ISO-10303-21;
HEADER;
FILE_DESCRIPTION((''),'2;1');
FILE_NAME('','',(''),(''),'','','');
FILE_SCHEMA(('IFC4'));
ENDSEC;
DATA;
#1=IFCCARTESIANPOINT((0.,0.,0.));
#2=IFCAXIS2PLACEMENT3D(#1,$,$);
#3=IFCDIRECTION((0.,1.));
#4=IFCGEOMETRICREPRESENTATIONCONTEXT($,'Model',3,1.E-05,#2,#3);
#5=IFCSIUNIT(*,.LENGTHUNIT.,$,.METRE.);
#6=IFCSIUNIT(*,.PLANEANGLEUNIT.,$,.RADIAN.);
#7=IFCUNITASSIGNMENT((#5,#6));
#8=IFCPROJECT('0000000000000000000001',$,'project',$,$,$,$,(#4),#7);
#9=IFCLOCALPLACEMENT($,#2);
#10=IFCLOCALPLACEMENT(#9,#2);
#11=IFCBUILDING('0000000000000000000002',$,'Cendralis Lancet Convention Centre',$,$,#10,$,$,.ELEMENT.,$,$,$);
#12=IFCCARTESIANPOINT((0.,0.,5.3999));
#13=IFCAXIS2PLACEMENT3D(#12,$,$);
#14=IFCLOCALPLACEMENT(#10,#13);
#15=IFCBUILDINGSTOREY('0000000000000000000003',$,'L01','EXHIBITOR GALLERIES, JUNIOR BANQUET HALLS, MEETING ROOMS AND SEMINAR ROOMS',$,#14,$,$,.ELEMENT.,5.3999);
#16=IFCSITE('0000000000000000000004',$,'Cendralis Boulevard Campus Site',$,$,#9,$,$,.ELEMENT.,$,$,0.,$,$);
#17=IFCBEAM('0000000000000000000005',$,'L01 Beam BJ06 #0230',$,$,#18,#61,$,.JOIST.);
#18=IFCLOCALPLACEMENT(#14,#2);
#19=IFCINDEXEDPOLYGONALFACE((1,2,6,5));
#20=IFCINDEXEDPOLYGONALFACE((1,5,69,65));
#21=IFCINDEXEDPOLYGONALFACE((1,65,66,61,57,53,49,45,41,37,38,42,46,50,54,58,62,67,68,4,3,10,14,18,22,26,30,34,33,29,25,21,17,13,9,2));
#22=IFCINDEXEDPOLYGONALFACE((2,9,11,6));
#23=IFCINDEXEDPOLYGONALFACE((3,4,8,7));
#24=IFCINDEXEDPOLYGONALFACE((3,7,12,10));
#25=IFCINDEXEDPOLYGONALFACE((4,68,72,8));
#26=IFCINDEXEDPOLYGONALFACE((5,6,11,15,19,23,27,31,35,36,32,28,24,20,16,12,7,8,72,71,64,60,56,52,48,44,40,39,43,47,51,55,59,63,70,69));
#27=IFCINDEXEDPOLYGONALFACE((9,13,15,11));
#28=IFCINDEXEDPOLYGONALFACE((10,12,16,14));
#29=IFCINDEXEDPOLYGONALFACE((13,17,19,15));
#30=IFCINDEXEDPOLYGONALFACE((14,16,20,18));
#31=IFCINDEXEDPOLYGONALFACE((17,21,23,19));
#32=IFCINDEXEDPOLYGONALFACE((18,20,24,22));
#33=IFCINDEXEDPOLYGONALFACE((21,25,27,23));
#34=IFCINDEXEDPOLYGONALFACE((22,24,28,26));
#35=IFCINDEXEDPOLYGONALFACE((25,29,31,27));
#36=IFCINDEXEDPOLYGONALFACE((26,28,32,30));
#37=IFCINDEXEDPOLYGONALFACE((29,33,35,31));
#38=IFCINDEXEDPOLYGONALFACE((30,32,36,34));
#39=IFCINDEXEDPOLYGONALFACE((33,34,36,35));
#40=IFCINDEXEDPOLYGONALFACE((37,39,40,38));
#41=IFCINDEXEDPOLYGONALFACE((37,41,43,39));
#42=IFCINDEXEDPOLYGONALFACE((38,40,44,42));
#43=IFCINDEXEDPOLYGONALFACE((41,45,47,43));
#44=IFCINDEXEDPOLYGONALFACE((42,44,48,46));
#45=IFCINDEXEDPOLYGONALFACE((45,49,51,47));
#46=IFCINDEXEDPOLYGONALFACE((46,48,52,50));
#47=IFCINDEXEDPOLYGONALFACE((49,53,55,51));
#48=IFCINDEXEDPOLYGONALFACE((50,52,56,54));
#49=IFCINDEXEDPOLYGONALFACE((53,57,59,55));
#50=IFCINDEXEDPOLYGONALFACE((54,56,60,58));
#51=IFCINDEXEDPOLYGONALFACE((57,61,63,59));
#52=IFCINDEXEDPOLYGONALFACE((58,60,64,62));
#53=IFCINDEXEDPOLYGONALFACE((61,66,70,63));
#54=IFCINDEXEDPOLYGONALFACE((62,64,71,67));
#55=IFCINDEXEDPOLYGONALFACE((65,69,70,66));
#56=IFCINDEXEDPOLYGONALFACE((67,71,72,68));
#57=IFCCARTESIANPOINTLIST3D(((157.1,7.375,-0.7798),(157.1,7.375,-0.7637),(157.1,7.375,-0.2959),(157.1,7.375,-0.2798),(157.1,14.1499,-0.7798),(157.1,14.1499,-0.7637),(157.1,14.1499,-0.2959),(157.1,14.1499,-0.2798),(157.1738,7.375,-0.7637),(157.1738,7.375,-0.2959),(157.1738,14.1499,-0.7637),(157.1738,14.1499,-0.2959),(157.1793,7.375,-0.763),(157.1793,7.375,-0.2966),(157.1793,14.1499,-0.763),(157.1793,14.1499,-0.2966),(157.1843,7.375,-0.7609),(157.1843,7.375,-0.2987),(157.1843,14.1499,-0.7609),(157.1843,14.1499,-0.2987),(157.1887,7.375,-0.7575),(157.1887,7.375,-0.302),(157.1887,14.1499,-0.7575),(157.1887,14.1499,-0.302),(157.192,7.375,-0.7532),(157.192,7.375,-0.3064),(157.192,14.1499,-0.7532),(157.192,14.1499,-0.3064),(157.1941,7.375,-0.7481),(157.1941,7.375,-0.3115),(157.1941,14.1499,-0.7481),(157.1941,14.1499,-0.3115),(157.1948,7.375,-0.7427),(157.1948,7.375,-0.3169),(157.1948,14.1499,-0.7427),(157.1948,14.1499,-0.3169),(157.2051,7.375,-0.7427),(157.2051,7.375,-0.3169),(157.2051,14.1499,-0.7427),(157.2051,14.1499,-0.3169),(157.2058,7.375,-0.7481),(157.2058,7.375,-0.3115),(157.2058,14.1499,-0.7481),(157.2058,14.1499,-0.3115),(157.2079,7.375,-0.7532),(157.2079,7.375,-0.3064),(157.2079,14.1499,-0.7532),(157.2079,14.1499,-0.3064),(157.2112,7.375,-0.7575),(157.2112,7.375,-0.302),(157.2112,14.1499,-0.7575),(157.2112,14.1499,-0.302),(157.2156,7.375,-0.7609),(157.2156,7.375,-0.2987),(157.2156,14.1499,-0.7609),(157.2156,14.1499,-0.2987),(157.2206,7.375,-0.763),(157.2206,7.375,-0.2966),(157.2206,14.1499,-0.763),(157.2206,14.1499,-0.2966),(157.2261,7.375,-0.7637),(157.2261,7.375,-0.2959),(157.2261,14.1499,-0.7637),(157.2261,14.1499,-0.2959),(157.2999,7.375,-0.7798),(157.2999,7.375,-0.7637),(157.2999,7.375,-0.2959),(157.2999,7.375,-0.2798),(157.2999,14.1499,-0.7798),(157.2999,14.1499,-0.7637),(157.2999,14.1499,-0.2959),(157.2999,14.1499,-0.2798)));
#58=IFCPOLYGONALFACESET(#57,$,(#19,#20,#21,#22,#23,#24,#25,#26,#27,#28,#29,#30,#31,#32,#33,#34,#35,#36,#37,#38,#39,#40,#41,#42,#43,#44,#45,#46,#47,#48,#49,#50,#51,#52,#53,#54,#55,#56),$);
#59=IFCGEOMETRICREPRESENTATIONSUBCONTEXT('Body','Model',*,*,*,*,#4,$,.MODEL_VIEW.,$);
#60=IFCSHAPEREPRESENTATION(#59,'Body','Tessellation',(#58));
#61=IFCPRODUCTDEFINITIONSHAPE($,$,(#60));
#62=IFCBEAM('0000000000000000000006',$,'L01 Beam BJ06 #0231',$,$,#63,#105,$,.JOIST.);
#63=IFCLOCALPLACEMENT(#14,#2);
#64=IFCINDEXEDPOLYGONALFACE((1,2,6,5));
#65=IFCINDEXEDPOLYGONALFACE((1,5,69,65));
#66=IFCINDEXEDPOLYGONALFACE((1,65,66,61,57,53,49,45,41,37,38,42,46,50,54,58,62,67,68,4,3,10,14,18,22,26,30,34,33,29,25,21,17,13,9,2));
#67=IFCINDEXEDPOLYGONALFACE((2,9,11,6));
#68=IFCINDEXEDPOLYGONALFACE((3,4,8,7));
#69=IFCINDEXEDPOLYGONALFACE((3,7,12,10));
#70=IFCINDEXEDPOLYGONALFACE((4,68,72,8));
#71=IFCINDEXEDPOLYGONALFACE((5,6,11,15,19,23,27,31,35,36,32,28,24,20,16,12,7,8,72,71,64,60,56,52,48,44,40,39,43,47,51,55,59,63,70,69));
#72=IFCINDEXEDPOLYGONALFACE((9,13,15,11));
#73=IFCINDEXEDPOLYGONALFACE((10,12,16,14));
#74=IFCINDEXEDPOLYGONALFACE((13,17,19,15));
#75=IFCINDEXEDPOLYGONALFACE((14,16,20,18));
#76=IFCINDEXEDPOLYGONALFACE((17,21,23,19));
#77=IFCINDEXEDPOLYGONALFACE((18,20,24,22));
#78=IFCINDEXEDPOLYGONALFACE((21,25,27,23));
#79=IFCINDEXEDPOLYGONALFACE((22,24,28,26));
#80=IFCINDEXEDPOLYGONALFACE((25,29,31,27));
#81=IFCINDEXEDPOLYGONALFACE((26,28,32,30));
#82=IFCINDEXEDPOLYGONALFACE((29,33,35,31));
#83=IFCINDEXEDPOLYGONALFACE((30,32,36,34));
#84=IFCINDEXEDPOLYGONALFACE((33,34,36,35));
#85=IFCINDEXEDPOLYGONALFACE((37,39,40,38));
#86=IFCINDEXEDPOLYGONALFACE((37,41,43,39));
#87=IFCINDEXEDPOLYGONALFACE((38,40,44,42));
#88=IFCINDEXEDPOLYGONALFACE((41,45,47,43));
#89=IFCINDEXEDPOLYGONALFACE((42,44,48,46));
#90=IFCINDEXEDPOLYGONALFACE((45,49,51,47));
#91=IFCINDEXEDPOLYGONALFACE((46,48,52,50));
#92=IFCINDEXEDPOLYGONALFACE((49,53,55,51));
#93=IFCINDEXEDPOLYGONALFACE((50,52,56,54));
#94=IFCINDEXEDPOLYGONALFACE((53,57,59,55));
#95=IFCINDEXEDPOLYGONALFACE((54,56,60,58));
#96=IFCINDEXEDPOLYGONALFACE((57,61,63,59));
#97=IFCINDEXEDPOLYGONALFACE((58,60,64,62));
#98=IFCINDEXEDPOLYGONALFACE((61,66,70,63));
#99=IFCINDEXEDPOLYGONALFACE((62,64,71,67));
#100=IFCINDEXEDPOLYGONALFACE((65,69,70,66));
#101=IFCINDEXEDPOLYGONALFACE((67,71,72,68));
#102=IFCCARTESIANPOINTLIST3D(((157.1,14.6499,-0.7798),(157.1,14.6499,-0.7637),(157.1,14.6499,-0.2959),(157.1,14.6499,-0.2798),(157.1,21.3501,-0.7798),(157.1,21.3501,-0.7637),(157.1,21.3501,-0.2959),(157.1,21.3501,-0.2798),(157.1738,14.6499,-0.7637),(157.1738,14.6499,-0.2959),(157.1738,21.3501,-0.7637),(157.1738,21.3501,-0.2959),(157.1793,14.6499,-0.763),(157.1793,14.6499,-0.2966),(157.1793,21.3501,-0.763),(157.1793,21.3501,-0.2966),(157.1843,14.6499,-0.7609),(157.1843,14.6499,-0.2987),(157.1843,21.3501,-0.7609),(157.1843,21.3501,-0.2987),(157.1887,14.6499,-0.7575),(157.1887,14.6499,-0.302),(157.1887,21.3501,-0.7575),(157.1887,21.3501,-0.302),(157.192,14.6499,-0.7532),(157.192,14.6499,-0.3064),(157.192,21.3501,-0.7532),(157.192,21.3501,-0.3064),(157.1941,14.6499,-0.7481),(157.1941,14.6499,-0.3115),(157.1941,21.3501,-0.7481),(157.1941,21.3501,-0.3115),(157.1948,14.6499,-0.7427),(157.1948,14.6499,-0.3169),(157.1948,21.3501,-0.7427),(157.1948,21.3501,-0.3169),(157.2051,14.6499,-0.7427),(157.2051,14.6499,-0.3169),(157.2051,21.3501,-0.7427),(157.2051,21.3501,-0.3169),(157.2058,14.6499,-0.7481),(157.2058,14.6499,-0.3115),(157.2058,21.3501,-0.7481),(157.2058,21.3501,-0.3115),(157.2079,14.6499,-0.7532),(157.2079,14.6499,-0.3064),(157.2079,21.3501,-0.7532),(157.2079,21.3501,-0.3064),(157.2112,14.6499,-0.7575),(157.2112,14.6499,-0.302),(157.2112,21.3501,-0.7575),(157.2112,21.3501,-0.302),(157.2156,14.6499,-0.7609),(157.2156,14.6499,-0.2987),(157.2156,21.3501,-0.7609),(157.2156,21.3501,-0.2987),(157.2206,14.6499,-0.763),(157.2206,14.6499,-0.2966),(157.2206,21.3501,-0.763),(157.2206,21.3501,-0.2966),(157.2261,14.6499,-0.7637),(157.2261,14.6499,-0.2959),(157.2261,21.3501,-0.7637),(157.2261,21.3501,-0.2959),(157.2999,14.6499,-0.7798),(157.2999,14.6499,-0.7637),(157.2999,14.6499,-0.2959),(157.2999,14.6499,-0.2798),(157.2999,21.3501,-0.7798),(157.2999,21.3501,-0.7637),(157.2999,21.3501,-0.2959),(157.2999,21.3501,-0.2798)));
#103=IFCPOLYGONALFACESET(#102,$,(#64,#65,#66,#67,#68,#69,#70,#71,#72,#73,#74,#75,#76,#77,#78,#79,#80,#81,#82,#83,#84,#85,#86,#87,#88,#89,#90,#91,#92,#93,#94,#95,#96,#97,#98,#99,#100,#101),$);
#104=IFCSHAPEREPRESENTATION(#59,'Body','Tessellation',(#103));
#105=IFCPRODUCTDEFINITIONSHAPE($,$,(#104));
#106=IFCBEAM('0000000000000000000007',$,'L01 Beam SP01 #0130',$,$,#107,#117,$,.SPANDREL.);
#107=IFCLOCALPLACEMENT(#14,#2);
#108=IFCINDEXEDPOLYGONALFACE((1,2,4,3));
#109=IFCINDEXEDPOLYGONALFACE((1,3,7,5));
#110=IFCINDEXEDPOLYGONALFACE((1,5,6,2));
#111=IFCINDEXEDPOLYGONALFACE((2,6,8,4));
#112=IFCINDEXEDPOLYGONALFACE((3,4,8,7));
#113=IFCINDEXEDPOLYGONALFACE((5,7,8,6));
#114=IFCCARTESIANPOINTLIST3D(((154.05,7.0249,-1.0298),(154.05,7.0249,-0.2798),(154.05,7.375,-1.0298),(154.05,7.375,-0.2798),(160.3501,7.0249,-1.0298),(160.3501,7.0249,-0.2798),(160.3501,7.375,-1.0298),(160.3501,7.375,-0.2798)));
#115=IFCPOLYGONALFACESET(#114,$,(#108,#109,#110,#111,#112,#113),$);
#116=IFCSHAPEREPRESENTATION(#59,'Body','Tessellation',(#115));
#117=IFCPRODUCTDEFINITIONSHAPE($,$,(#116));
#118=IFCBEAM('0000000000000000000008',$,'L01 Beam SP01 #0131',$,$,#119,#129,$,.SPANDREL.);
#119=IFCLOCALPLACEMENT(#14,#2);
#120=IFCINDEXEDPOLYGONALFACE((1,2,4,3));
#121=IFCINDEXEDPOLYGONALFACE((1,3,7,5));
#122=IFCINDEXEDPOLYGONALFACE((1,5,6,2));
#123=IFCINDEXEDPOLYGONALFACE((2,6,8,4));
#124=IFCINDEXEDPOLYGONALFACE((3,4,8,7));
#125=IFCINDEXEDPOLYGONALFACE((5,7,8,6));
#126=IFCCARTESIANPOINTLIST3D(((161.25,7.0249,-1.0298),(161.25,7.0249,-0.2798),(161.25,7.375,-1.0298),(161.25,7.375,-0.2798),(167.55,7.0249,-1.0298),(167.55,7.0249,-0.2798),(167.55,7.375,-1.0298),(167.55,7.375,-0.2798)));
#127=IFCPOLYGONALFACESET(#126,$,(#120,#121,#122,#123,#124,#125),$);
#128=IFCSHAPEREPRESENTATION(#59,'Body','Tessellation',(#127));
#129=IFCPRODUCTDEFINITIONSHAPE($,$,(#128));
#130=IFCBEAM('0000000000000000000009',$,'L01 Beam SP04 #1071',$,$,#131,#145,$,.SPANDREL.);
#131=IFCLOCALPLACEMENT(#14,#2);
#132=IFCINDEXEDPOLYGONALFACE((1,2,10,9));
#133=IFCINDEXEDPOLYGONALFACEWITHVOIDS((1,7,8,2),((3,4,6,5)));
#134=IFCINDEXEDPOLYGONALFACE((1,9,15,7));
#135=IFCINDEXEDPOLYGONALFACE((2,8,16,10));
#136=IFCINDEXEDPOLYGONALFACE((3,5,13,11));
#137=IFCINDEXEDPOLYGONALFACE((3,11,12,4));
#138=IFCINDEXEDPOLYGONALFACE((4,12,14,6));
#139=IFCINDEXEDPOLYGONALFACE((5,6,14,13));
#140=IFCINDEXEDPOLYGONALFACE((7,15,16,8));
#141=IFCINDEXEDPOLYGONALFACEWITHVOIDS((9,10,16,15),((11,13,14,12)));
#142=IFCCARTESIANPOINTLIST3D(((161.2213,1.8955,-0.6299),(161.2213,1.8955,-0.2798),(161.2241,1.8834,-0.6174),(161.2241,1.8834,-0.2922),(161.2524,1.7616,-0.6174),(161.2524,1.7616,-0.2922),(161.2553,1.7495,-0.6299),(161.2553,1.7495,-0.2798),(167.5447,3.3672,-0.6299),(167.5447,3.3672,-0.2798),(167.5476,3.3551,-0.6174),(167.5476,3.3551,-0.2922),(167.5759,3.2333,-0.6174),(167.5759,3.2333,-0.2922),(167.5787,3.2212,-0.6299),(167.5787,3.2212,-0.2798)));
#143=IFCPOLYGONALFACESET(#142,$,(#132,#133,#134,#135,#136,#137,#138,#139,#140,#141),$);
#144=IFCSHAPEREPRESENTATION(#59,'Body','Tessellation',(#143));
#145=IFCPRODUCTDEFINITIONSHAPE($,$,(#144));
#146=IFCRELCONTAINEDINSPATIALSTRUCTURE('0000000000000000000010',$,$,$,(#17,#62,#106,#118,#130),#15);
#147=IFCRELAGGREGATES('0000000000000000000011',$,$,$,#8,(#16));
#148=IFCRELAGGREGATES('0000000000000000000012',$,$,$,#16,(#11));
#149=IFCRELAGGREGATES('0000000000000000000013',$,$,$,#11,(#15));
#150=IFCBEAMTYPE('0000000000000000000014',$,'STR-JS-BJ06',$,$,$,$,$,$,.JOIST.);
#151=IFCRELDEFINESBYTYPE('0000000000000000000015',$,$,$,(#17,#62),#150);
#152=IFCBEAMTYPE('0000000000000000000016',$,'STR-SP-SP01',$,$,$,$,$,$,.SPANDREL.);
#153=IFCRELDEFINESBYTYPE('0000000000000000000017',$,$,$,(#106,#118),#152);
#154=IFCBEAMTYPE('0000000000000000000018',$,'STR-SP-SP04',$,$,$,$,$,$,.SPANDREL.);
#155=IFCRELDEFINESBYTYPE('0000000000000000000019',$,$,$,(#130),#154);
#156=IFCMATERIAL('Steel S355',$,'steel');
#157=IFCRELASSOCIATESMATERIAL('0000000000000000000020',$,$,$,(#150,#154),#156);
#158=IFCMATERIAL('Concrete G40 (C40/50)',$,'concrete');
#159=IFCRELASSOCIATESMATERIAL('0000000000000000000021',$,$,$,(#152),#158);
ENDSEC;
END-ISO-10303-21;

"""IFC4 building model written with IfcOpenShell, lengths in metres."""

from ifc_helpers import new_model, si_unit, direction, frame, origin, origin_2d, place, context, subcontext, project, spatial, rectangle, hollow_rectangle, i_section, extrude, material, material_profile, profile_set, type_object, element, save


model = new_model("IFC4")

# Units and contexts
model_context = context("Model", 3, precision=1e-05, world=origin(), true_north=direction((0.0, 1.0)))
body_context = subcontext(model_context, "Body", "Model", "MODEL_VIEW")
ifc_project = project(units=[si_unit("LENGTHUNIT", "METRE"), si_unit("PLANEANGLEUNIT", "RADIAN")], contexts=[model_context])

# Site, building, storey
site_placement = place(None, origin())
site = spatial("IfcSite", under=ifc_project, at=site_placement, Name="Cendralis Boulevard Campus Site", CompositionType="ELEMENT", RefElevation=0.0)
building_placement = place(site_placement, origin())
building = spatial("IfcBuilding", under=site, at=building_placement, Name="Cendralis Lancet Convention Centre", CompositionType="ELEMENT")
storey_placement = place(building_placement, frame((0.0, 0.0, 5.3999)))
storey = spatial("IfcBuildingStorey", under=building, at=storey_placement, Name="L01", Description="EXHIBITOR GALLERIES, JUNIOR BANQUET HALLS, MEETING ROOMS AND SEMINAR ROOMS", CompositionType="ELEMENT", Elevation=5.3999)

# Shared definitions
ifc_material_1 = material(Name="Concrete G40 (C40/50)", Category="concrete")

# Beams
ifc_material_2 = material(Name="Steel S355", Category="steel")
ifc_material_profile_1 = material_profile(ifc_material_2, i_section(OverallWidth=0.2, OverallDepth=0.5, WebThickness=0.0103, FlangeThickness=0.0161, FilletRadius=0.021, at=origin_2d()), Name="IPE 500")
ifc_profile_set_1 = profile_set([ifc_material_profile_1], Name="Steel S355")
beam_type_1 = type_object("IfcBeamType", Name="STR-JS-BJ06", PredefinedType="JOIST", material=ifc_profile_set_1)
beam_1_placement = place(storey_placement, frame((157.2, 7.375, -0.5298), z_axis=(0.0, 1.0, 0.0), x_axis=(-1.0, 0.0, 0.0)))
element("IfcBeam", 1, at=beam_1_placement, inside=storey, type_object=beam_type_1, Name="L01 Beam BJ06 #0230", PredefinedType="JOIST", context=body_context, shape_type="SweptSolid", body=[
    extrude(i_section(OverallWidth=0.2, OverallDepth=0.5, WebThickness=0.0103, FlangeThickness=0.0161, FilletRadius=0.021, at=origin_2d()), origin(), (0.0, 0.0, 1.0), 6.7749),
])
beam_2_placement = place(storey_placement, frame((157.2, 14.6499, -0.5298), z_axis=(0.0, 1.0, 0.0), x_axis=(-1.0, 0.0, 0.0)))
element("IfcBeam", 2, at=beam_2_placement, inside=storey, type_object=beam_type_1, Name="L01 Beam BJ06 #0231", PredefinedType="JOIST", context=body_context, shape_type="SweptSolid", body=[
    extrude(i_section(OverallWidth=0.2, OverallDepth=0.5, WebThickness=0.0103, FlangeThickness=0.0161, FilletRadius=0.021, at=origin_2d()), origin(), (0.0, 0.0, 1.0), 6.7002),
])
ifc_material_profile_2 = material_profile(ifc_material_1, rectangle(XDim=0.3501, YDim=0.75, at=origin_2d()), Name="RCB 350x750")
ifc_profile_set_2 = profile_set([ifc_material_profile_2], Name="Concrete G40 (C40/50)")
beam_type_2 = type_object("IfcBeamType", Name="STR-SP-SP01", PredefinedType="SPANDREL", material=ifc_profile_set_2)
for number, where, z_axis, x_axis, name in (
    (3, (154.05, 7.2, -0.6548), (1.0, 0.0, 0.0), (0.0, 1.0, 0.0), "L01 Beam SP01 #0130"),
    (4, (161.25, 7.2, -0.6548), (1.0, 0.0, 0.0), (0.0, 1.0, 0.0), "L01 Beam SP01 #0131"),
):
    element("IfcBeam", number, at=place(storey_placement, frame(where, z_axis=z_axis, x_axis=x_axis)), inside=storey, type_object=beam_type_2, Name=name, PredefinedType="SPANDREL", context=body_context, shape_type="SweptSolid", body=[
        extrude(rectangle(XDim=0.3501, YDim=0.75, at=origin_2d()), origin(), (0.0, 0.0, 1.0), 6.3),
    ])
ifc_material_profile_3 = material_profile(ifc_material_2, hollow_rectangle(XDim=0.1499, YDim=0.3501, WallThickness=0.0125, at=origin_2d()), Name="RHS 350x150x12.5")
ifc_profile_set_3 = profile_set([ifc_material_profile_3], Name="Steel S355")
beam_type_3 = type_object("IfcBeamType", Name="STR-SP-SP04", PredefinedType="SPANDREL", material=ifc_profile_set_3)
beam_3_placement = place(storey_placement, frame((161.2383, 1.8225, -0.4548), z_axis=(0.973971, 0.226674, 0.0), x_axis=(-0.226674, 0.973971, 0.0)))
element("IfcBeam", 5, at=beam_3_placement, inside=storey, type_object=beam_type_3, Name="L01 Beam SP04 #1071", PredefinedType="SPANDREL", context=body_context, shape_type="SweptSolid", body=[
    extrude(hollow_rectangle(XDim=0.1499, YDim=0.3501, WallThickness=0.0125, at=origin_2d()), origin(), (0.0, 0.0, 1.0), 6.4924),
])

save(model, "model.ifc")
